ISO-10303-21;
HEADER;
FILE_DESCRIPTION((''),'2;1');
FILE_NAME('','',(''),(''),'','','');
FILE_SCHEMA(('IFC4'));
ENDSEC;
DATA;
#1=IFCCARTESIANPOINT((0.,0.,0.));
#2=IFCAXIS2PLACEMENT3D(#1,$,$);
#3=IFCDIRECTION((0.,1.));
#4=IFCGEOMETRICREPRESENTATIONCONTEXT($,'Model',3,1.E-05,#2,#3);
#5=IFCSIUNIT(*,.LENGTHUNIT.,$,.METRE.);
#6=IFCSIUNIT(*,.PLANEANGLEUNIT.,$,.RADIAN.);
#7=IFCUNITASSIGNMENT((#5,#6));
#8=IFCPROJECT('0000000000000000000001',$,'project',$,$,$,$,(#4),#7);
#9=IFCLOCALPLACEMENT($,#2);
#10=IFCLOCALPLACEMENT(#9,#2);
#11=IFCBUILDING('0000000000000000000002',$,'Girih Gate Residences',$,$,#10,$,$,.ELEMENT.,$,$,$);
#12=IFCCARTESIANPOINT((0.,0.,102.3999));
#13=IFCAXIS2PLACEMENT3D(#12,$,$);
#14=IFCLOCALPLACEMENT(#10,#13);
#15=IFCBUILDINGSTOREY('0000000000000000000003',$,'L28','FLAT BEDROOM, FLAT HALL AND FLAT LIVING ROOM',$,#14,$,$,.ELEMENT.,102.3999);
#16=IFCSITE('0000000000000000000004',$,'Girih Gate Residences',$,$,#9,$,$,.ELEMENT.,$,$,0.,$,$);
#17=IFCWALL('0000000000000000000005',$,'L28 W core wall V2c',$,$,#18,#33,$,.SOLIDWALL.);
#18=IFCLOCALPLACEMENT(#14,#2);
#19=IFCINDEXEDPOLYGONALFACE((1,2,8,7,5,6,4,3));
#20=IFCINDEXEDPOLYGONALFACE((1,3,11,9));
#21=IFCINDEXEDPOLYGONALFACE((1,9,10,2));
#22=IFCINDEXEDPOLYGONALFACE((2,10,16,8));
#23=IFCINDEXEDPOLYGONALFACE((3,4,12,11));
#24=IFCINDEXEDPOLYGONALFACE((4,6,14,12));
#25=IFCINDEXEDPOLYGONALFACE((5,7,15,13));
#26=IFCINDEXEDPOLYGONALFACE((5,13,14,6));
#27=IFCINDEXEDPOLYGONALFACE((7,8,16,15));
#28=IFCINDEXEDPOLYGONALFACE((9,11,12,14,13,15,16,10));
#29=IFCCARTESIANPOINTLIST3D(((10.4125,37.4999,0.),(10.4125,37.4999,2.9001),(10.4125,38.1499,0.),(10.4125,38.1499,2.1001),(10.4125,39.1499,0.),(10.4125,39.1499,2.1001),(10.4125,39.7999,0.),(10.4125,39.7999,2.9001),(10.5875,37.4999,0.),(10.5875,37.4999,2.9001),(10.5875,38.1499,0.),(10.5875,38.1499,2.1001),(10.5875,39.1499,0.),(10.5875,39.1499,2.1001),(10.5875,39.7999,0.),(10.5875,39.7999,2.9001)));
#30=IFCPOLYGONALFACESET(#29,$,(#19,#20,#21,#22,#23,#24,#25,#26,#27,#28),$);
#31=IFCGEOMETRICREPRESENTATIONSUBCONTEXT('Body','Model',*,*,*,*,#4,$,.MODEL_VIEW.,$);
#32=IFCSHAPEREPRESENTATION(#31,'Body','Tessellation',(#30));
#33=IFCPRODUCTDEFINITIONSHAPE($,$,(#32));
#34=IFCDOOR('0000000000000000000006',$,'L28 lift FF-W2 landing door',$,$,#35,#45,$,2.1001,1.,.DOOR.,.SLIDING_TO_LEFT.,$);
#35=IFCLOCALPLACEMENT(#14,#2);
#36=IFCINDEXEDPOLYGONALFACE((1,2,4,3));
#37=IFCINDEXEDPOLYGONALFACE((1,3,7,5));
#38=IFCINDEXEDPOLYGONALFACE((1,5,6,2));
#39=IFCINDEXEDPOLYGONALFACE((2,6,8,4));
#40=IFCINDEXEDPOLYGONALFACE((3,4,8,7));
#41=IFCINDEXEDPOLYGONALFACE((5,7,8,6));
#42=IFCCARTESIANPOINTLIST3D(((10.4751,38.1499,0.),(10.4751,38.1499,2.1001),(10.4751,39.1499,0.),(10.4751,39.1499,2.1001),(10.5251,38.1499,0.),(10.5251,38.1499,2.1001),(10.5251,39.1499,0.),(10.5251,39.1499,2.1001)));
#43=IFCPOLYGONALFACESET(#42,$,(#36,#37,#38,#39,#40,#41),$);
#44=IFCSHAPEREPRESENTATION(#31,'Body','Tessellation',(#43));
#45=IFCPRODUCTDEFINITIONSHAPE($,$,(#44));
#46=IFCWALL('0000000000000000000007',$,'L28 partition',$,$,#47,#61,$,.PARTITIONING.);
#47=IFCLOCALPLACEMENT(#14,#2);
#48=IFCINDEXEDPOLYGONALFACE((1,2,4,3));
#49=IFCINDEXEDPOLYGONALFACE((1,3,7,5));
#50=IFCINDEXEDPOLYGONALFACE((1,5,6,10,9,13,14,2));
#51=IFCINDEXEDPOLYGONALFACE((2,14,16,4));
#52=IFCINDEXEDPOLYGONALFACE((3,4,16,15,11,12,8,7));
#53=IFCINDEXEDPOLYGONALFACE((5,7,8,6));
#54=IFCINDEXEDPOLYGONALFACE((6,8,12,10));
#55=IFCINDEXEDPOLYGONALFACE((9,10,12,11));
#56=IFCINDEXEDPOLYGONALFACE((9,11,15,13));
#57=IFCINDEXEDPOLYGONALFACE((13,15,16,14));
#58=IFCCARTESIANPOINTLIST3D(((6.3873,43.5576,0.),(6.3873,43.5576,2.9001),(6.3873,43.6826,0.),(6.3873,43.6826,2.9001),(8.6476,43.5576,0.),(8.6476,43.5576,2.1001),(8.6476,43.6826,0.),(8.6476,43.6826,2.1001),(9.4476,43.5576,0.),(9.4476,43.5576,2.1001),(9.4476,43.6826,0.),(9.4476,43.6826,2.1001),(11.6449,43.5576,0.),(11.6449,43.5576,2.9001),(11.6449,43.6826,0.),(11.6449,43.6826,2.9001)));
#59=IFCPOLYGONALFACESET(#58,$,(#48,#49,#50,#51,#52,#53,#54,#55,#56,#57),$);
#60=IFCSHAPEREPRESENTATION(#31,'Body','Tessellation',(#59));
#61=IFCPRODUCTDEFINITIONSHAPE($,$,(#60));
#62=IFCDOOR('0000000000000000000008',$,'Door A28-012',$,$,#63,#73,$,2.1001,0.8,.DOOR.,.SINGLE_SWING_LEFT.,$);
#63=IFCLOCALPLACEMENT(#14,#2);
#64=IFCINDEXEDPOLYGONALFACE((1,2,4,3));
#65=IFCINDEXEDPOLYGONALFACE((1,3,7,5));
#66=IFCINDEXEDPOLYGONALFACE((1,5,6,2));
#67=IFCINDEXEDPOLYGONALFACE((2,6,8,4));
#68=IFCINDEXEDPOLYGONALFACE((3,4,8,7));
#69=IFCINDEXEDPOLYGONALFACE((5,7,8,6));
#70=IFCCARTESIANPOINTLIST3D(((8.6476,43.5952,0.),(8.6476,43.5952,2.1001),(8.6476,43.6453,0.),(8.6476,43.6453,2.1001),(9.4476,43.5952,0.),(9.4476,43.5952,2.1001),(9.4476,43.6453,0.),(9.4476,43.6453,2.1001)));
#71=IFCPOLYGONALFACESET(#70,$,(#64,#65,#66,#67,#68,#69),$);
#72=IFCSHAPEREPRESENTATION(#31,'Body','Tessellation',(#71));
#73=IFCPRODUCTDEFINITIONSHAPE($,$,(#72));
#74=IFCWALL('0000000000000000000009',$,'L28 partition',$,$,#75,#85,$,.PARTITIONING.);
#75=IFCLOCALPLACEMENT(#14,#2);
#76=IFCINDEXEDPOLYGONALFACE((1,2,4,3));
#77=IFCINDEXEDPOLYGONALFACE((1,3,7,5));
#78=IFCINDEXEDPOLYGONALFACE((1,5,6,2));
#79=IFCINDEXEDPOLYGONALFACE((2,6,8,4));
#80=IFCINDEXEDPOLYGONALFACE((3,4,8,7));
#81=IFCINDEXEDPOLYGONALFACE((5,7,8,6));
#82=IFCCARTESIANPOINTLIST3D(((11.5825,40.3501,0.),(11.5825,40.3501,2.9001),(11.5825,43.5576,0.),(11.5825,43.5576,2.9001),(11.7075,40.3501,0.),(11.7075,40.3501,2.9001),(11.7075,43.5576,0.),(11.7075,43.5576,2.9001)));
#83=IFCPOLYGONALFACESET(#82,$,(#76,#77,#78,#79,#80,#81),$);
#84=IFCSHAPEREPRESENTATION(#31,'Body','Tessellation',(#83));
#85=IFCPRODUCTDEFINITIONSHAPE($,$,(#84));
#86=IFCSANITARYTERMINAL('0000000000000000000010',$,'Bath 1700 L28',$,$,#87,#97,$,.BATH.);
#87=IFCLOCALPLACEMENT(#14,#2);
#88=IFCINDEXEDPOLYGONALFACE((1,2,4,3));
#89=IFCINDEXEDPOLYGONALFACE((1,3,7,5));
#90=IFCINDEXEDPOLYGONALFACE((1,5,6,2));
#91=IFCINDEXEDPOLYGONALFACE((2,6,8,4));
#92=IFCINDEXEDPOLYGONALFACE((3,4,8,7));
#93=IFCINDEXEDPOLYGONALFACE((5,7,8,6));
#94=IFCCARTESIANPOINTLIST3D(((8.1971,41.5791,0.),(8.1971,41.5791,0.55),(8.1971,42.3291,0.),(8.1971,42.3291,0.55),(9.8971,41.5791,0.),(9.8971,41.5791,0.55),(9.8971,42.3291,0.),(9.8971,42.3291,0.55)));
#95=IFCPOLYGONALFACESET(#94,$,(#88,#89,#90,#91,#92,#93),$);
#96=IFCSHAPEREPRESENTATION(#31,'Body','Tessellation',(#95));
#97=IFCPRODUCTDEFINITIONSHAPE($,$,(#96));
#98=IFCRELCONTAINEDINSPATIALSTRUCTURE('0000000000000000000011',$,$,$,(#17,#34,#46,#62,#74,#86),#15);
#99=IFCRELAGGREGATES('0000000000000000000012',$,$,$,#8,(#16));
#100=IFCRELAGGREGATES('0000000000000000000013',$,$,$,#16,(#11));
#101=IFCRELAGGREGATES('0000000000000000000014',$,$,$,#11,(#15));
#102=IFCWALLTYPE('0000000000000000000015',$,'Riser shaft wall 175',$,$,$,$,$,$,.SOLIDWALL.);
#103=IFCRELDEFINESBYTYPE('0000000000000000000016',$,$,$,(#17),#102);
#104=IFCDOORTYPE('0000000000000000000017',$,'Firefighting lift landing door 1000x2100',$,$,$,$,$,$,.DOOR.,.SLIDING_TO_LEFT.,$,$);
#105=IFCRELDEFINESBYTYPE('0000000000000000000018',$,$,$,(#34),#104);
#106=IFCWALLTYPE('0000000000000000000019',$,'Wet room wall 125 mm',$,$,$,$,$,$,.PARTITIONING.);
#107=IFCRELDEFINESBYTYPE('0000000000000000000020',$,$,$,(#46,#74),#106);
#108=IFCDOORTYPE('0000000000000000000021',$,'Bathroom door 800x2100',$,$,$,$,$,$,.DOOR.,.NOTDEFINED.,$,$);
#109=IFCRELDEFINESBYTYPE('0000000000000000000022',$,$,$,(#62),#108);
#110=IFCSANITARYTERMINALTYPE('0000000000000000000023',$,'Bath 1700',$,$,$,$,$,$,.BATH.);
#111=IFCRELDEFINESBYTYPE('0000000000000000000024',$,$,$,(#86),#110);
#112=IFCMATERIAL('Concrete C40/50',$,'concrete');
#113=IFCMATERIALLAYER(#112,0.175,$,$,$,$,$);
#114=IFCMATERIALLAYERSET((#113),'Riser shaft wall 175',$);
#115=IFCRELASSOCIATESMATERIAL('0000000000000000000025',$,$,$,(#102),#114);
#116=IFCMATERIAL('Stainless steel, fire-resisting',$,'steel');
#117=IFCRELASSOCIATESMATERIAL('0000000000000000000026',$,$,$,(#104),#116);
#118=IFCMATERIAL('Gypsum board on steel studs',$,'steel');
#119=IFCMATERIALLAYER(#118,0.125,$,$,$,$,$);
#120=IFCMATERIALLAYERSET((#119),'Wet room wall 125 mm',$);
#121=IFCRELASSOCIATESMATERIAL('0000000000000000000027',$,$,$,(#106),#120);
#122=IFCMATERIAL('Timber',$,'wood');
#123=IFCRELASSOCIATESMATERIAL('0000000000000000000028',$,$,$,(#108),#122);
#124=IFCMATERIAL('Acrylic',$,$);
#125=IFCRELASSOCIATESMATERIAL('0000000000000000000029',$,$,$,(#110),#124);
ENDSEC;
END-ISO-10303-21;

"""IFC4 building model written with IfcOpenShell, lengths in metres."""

from ifc_helpers import new_model, si_unit, direction, frame, frame_2d, origin, origin_2d, place, context, subcontext, project, spatial, rectangle, extrude, material, layer, layer_set, type_object, element, fill, save


model = new_model("IFC4")

# Units and contexts
model_context = context("Model", 3, precision=1e-05, world=origin(), true_north=direction((0.0, 1.0)))
body_context = subcontext(model_context, "Body", "Model", "MODEL_VIEW")
ifc_project = project(units=[si_unit("LENGTHUNIT", "METRE"), si_unit("PLANEANGLEUNIT", "RADIAN")], contexts=[model_context])

# Site, building, storey
site_placement = place(None, origin())
site = spatial("IfcSite", under=ifc_project, at=site_placement, Name="Girih Gate Residences", CompositionType="ELEMENT", RefElevation=0.0)
building_placement = place(site_placement, origin())
building = spatial("IfcBuilding", under=site, at=building_placement, Name="Girih Gate Residences", CompositionType="ELEMENT")
storey_placement = place(building_placement, frame((0.0, 0.0, 102.3999)))
storey = spatial("IfcBuildingStorey", under=building, at=storey_placement, Name="L28", Description="FLAT BEDROOM, FLAT HALL AND FLAT LIVING ROOM", CompositionType="ELEMENT", Elevation=102.3999)

# Shared definitions
ifc_material_1 = material(Name="Gypsum board on steel studs", Category="steel")

# Shared definitions
ifc_material_2 = material(Name="Timber", Category="wood")

# Walls, openings, doors
ifc_material_3 = material(Name="Concrete C40/50", Category="concrete")
ifc_layer_1 = layer(ifc_material_3, 0.175)
ifc_layer_set_1 = layer_set([ifc_layer_1], Name="Riser shaft wall 175")
wall_type_1 = type_object("IfcWallType", Name="Riser shaft wall 175", PredefinedType="SOLIDWALL", material=ifc_layer_set_1)
wall_1_placement = place(storey_placement, frame((10.5, 37.5, 0.0), z_axis=(0.0, 0.0, 1.0), x_axis=(0.0, 1.0, 0.0)))
wall_1 = element("IfcWall", 1, at=wall_1_placement, inside=storey, type_object=wall_type_1, Name="L28 W core wall V2c", PredefinedType="SOLIDWALL", context=body_context, shape_type="SweptSolid", body=[
    extrude(rectangle(XDim=2.3, YDim=0.175, at=frame_2d((1.1499, 0.0))), origin(), (0.0, 0.0, 1.0), 2.9001),
])
opening_1_placement = place(wall_1_placement, frame((0.6499, 0.0, 0.0)))
opening_1 = element("IfcOpeningElement", 2, at=opening_1_placement, cuts=wall_1, PredefinedType="OPENING", context=body_context, shape_type="SweptSolid", body=[
    extrude(rectangle(XDim=1.0, YDim=2.1001, at=frame_2d((0.5, 1.05))), frame((0.0, 0.0974, 0.0), z_axis=(0.0, -1.0, 0.0), x_axis=(1.0, 0.0, 0.0)), (0.0, 0.0, 1.0), 0.1951),
])
ifc_material_4 = material(Name="Stainless steel, fire-resisting", Category="steel")
door_type_1 = type_object("IfcDoorType", Name="Firefighting lift landing door 1000x2100", OperationType="SLIDING_TO_LEFT", PredefinedType="DOOR", material=ifc_material_4)
door_1_placement = place(opening_1_placement, origin())
door_1 = element("IfcDoor", 3, at=door_1_placement, inside=storey, type_object=door_type_1, Name="L28 lift FF-W2 landing door", OperationType="SLIDING_TO_LEFT", OverallHeight=2.1001, OverallWidth=1.0, PredefinedType="DOOR", context=body_context, shape_type="SweptSolid", body=[
    extrude(rectangle(XDim=1.0, YDim=2.1001, at=frame_2d((0.5, 1.05))), frame((0.0, 0.0249, 0.0), z_axis=(0.0, -1.0, 0.0), x_axis=(1.0, 0.0, 0.0)), (0.0, 0.0, 1.0), 0.05),
])
fill(opening_1, door_1)
ifc_layer_2 = layer(ifc_material_1, 0.125)
ifc_layer_set_2 = layer_set([ifc_layer_2], Name="Wet room wall 125 mm")
wall_type_2 = type_object("IfcWallType", Name="Wet room wall 125 mm", PredefinedType="PARTITIONING", material=ifc_layer_set_2)
wall_2_placement = place(storey_placement, frame((11.645, 43.6201, 0.0), z_axis=(0.0, 0.0, 1.0), x_axis=(-1.0, 0.0, 0.0)))
wall_2 = element("IfcWall", 4, at=wall_2_placement, inside=storey, type_object=wall_type_2, Name="L28 partition", PredefinedType="PARTITIONING", context=body_context, shape_type="SweptSolid", body=[
    extrude(rectangle(XDim=5.2576, YDim=0.125, at=frame_2d((2.6289, 0.0))), origin(), (0.0, 0.0, 1.0), 2.9001),
])
opening_2_placement = place(wall_2_placement, frame((2.1975, 0.0, 0.0)))
opening_2 = element("IfcOpeningElement", 5, at=opening_2_placement, cuts=wall_2, PredefinedType="OPENING", context=body_context, shape_type="SweptSolid", body=[
    extrude(rectangle(XDim=0.8, YDim=2.1001, at=frame_2d((0.3999, 1.05))), frame((0.0, 0.0725, 0.0), z_axis=(0.0, -1.0, 0.0), x_axis=(1.0, 0.0, 0.0)), (0.0, 0.0, 1.0), 0.145),
])
door_type_2 = type_object("IfcDoorType", Name="Bathroom door 800x2100", OperationType="NOTDEFINED", PredefinedType="DOOR", material=ifc_material_2)
door_2_placement = place(opening_2_placement, origin())
door_2 = element("IfcDoor", 6, at=door_2_placement, inside=storey, type_object=door_type_2, Name="Door A28-012", OperationType="SINGLE_SWING_LEFT", OverallHeight=2.1001, OverallWidth=0.8, PredefinedType="DOOR", context=body_context, shape_type="SweptSolid", body=[
    extrude(rectangle(XDim=0.8, YDim=2.1001, at=frame_2d((0.3999, 1.05))), frame((0.0, 0.0249, 0.0), z_axis=(0.0, -1.0, 0.0), x_axis=(1.0, 0.0, 0.0)), (0.0, 0.0, 1.0), 0.05),
])
fill(opening_2, door_2)

# Wall
wall_3_placement = place(storey_placement, frame((11.645, 40.3501, 0.0), z_axis=(0.0, 0.0, 1.0), x_axis=(0.0, 1.0, 0.0)))
element("IfcWall", 7, at=wall_3_placement, inside=storey, type_object=wall_type_2, Name="L28 partition", PredefinedType="PARTITIONING", context=body_context, shape_type="SweptSolid", body=[
    extrude(rectangle(XDim=3.2075, YDim=0.125, at=frame_2d((1.6038, 0.0))), origin(), (0.0, 0.0, 1.0), 2.9001),
])

# Sanitary terminal
ifc_material_5 = material(Name="Acrylic")
sanitary_terminal_type = type_object("IfcSanitaryTerminalType", Name="Bath 1700", PredefinedType="BATH", material=ifc_material_5)
sanitary_terminal_placement = place(storey_placement, frame((9.0471, 41.9541, 0.0), z_axis=(0.0, 0.0, 1.0), x_axis=(1.0, 0.0, 0.0)))
element("IfcSanitaryTerminal", 8, at=sanitary_terminal_placement, inside=storey, type_object=sanitary_terminal_type, Name="Bath 1700 L28", PredefinedType="BATH", context=body_context, shape_type="SweptSolid", body=[
    extrude(rectangle(XDim=1.7, YDim=0.75, at=origin_2d()), origin(), (0.0, 0.0, 1.0), 0.55),
])

save(model, "model.ifc")
